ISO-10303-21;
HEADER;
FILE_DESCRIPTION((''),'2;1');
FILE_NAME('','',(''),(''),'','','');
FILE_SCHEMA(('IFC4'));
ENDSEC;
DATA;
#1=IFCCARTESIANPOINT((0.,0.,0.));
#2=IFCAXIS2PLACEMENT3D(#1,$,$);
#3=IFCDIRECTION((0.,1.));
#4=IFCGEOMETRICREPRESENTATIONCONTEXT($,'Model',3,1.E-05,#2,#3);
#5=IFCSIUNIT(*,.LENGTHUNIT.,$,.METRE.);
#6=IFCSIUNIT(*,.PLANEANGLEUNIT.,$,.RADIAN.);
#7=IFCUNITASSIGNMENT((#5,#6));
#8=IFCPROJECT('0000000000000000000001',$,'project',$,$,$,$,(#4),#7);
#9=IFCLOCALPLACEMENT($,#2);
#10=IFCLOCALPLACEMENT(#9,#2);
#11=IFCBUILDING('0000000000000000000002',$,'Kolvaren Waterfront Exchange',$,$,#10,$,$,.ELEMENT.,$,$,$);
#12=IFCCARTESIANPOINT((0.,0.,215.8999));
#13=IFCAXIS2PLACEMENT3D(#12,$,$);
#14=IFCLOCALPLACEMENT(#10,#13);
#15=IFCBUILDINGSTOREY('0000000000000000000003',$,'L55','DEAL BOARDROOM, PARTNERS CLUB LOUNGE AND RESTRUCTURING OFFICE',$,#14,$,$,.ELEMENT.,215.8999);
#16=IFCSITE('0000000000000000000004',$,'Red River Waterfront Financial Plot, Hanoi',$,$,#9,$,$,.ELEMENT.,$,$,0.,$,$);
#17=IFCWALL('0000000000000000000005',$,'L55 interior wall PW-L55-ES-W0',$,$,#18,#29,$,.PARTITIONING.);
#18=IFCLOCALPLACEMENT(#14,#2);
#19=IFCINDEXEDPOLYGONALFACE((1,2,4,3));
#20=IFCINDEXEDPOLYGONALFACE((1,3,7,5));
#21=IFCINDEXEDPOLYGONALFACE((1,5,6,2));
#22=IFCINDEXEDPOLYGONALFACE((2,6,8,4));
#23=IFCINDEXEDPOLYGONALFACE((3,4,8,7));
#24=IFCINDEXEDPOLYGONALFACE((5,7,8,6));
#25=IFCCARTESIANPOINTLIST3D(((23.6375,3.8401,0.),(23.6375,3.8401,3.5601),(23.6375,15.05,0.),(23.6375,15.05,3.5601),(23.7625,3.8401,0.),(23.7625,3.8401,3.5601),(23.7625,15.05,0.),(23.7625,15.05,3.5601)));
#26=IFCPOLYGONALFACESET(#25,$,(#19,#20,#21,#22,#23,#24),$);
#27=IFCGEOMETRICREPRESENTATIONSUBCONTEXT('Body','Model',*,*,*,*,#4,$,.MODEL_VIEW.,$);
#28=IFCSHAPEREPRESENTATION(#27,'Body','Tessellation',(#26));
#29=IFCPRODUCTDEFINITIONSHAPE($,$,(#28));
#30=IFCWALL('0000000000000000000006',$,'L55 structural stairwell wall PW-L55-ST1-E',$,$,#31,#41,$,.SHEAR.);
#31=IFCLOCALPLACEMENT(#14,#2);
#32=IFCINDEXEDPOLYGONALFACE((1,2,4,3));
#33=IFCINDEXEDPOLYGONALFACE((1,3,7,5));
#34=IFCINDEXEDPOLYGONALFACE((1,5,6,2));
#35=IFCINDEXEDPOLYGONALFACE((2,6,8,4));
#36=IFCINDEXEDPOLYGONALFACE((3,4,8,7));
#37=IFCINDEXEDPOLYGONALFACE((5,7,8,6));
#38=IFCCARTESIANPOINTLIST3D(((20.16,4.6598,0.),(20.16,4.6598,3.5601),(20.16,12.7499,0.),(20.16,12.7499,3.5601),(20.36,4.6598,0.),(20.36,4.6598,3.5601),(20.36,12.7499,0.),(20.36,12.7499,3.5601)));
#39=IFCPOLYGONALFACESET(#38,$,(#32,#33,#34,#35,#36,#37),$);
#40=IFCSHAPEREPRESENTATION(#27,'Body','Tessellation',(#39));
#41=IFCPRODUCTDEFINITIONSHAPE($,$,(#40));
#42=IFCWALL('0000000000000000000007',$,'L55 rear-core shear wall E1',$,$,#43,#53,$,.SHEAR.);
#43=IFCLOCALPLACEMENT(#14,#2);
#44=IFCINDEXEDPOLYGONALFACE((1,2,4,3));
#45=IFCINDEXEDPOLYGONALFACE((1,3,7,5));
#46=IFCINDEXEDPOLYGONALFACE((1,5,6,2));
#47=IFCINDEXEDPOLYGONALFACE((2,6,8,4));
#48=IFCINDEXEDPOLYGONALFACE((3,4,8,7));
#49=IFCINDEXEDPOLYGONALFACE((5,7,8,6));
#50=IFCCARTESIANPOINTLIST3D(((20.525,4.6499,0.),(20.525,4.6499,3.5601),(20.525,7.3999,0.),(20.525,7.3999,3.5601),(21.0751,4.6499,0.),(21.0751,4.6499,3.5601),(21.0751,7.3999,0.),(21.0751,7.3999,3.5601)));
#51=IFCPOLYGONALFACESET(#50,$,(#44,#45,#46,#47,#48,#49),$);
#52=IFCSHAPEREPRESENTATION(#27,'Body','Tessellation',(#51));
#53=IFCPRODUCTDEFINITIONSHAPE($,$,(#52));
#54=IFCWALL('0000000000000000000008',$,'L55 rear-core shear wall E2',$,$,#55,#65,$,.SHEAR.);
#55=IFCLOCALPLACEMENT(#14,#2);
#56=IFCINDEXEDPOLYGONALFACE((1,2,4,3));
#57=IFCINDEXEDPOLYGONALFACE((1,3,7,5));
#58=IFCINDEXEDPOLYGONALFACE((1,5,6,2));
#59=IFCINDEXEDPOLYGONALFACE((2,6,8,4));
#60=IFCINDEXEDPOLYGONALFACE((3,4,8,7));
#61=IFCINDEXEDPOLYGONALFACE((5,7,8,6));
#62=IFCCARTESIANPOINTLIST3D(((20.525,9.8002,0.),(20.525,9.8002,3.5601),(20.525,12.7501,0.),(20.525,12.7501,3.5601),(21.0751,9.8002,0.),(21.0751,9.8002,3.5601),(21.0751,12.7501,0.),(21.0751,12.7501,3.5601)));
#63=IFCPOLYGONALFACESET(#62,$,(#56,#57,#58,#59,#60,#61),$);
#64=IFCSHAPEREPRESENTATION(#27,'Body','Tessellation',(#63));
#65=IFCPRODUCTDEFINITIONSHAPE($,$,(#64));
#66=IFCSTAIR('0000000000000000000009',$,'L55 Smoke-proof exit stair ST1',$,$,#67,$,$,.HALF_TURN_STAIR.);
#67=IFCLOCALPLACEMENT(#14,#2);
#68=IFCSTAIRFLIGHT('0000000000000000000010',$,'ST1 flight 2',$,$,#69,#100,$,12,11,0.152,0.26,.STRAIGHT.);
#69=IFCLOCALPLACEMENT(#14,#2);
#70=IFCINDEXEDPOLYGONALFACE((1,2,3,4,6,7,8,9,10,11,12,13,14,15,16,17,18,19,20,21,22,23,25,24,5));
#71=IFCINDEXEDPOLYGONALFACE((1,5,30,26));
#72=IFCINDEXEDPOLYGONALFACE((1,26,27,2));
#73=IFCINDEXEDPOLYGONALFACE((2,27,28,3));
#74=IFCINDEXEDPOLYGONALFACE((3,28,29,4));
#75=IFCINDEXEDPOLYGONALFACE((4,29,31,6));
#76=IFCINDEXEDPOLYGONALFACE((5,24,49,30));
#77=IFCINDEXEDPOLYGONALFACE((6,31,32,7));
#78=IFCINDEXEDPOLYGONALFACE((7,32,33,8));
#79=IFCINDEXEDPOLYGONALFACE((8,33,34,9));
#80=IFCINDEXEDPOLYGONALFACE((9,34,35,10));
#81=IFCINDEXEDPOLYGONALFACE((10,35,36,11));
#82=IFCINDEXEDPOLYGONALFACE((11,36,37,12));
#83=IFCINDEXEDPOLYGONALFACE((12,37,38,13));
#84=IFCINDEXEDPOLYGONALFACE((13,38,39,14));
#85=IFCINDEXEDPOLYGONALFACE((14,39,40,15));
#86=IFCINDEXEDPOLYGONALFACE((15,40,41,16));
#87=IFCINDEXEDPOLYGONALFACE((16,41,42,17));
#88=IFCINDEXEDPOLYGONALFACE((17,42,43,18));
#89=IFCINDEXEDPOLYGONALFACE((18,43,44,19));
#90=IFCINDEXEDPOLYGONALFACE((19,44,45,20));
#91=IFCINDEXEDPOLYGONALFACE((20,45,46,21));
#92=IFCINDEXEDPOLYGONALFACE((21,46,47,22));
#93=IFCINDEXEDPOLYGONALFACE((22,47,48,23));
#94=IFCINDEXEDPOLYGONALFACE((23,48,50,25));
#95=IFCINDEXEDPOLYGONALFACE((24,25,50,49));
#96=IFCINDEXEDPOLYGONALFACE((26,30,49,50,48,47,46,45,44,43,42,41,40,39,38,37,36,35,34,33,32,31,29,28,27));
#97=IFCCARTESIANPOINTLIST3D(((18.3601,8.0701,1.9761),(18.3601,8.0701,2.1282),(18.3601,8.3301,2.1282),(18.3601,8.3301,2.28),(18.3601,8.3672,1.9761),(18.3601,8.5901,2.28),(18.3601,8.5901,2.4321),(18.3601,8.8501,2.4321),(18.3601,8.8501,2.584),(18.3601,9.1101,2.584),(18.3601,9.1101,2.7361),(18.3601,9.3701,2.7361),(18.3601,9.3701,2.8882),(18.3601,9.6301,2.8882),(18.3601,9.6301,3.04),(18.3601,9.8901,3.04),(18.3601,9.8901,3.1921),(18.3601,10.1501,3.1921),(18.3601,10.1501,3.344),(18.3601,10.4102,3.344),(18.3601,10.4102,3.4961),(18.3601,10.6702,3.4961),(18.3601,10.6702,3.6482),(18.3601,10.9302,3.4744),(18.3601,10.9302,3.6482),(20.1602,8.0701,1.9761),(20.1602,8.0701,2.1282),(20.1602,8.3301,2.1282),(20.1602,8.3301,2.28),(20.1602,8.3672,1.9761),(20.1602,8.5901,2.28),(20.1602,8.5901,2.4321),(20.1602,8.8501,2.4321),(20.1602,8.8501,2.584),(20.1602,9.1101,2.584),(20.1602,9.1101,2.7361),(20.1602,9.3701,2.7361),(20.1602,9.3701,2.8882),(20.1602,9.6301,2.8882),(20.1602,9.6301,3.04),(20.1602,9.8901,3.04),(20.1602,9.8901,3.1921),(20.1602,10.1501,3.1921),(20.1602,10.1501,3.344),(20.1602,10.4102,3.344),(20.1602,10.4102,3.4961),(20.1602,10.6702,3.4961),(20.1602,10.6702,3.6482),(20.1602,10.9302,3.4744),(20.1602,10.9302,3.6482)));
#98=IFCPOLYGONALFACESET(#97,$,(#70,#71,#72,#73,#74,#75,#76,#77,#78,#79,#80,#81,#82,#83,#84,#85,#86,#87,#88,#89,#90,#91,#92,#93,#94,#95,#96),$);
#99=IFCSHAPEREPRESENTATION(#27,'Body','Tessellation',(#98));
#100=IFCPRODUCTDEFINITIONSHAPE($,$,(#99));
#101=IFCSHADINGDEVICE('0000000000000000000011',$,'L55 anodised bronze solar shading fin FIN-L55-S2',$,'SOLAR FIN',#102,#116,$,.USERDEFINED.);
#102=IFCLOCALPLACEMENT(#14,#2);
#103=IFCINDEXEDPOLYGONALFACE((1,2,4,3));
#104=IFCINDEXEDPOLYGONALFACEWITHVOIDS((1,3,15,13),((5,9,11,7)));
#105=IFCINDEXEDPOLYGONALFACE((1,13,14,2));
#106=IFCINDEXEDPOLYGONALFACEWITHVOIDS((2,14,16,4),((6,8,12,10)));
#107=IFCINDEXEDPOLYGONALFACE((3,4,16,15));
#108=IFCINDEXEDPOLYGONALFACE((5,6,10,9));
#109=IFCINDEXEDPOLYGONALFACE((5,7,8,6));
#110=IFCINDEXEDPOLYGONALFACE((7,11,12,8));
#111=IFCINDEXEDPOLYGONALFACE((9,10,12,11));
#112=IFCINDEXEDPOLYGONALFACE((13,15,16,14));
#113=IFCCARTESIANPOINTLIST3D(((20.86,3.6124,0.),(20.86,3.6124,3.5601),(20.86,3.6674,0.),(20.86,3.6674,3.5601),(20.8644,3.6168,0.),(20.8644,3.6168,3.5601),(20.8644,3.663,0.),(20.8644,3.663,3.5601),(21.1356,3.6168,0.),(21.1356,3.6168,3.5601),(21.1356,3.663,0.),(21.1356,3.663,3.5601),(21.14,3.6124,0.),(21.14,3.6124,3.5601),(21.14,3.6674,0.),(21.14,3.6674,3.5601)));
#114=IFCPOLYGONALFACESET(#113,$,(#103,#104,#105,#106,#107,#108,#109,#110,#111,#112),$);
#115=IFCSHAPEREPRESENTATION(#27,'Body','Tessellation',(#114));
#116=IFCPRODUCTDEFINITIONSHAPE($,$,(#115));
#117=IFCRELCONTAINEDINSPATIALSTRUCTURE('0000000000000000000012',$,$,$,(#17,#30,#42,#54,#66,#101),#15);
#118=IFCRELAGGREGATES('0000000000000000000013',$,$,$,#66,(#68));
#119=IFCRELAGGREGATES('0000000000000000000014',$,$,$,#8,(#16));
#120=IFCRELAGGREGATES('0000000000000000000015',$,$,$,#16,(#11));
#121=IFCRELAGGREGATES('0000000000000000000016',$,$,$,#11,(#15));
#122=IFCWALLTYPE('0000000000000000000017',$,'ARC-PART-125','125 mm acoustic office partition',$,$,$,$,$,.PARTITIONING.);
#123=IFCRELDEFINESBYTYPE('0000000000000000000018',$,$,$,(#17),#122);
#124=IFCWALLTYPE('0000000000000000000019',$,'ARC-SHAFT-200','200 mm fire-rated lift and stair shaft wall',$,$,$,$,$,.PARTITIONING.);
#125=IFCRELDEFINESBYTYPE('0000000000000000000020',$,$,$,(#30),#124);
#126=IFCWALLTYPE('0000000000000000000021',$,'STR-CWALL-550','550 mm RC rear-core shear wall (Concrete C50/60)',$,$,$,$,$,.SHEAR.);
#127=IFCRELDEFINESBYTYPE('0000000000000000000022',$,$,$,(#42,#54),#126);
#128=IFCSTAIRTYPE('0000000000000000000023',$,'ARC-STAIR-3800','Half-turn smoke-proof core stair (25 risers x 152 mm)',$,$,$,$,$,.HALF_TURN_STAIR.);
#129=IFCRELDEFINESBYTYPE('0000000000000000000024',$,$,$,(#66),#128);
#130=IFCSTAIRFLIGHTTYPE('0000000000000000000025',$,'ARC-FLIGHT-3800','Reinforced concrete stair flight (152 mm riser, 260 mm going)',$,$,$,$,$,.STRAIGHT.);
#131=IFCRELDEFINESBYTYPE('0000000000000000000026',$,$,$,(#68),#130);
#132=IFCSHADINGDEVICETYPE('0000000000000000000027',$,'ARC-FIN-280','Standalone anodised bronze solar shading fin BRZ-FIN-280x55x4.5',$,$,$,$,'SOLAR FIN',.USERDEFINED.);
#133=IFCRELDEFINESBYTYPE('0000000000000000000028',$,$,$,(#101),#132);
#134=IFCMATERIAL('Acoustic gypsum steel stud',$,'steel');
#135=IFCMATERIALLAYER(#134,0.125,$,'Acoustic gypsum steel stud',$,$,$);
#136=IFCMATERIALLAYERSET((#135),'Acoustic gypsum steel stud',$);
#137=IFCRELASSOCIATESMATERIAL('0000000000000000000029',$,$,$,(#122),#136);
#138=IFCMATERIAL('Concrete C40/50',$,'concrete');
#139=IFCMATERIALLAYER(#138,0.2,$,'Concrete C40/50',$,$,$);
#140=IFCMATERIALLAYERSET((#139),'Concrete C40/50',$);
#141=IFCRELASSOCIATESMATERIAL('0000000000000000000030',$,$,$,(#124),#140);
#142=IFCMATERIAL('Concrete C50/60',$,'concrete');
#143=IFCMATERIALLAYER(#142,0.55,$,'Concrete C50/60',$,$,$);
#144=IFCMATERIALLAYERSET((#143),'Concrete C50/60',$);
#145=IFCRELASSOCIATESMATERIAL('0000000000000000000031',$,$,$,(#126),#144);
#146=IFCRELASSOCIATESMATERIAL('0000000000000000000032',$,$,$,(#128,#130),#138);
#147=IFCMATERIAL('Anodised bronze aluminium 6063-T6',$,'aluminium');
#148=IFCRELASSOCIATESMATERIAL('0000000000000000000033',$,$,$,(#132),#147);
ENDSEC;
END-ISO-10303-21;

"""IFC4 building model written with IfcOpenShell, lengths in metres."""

from ifc_helpers import new_model, si_unit, direction, frame, frame_2d, origin, origin_2d, place, context, subcontext, project, spatial, polyline, rectangle, hollow_rectangle, outline, extrude, material, layer, layer_set, material_profile, profile_set, type_object, element, aggregate, save


model = new_model("IFC4")

# Units and contexts
model_context = context("Model", 3, precision=1e-05, world=origin(), true_north=direction((0.0, 1.0)))
body_context = subcontext(model_context, "Body", "Model", "MODEL_VIEW")
ifc_project = project(units=[si_unit("LENGTHUNIT", "METRE"), si_unit("PLANEANGLEUNIT", "RADIAN")], contexts=[model_context])

# Site, building, storey
site_placement = place(None, origin())
site = spatial("IfcSite", under=ifc_project, at=site_placement, Name="Red River Waterfront Financial Plot, Hanoi", CompositionType="ELEMENT", RefElevation=0.0)
building_placement = place(site_placement, origin())
building = spatial("IfcBuilding", under=site, at=building_placement, Name="Kolvaren Waterfront Exchange", CompositionType="ELEMENT")
storey_placement = place(building_placement, frame((0.0, 0.0, 215.8999)))
storey = spatial("IfcBuildingStorey", under=building, at=storey_placement, Name="L55", Description="DEAL BOARDROOM, PARTNERS CLUB LOUNGE AND RESTRUCTURING OFFICE", CompositionType="ELEMENT", Elevation=215.8999)

# Shared definitions
ifc_material_1 = material(Name="Concrete C50/60", Category="concrete")

# Shared definitions
ifc_material_2 = material(Name="Anodised bronze aluminium 6063-T6", Category="aluminium")

# Shared definitions
ifc_material_3 = material(Name="Acoustic gypsum steel stud", Category="steel")
ifc_layer_1 = layer(ifc_material_3, 0.125, Name="Acoustic gypsum steel stud")
ifc_layer_set_1 = layer_set([ifc_layer_1], Name="Acoustic gypsum steel stud")
wall_type_1 = type_object("IfcWallType", Name="ARC-PART-125", Description="125 mm acoustic office partition", PredefinedType="PARTITIONING", material=ifc_layer_set_1)

# Walls
wall_1_placement = place(storey_placement, frame((23.7, 3.8401, 0.0), z_axis=(0.0, 0.0, 1.0), x_axis=(0.0, 1.0, 0.0)))
element("IfcWall", 1, at=wall_1_placement, inside=storey, type_object=wall_type_1, Name="L55 interior wall PW-L55-ES-W0", PredefinedType="PARTITIONING", context=body_context, shape_type="SweptSolid", body=[
    extrude(rectangle(XDim=11.21, YDim=0.125, at=frame_2d((5.605, 0.0))), origin(), (0.0, 0.0, 1.0), 3.5601),
])
ifc_material_4 = material(Name="Concrete C40/50", Category="concrete")
ifc_layer_2 = layer(ifc_material_4, 0.2, Name="Concrete C40/50")
ifc_layer_set_2 = layer_set([ifc_layer_2], Name="Concrete C40/50")
wall_type_2 = type_object("IfcWallType", Name="ARC-SHAFT-200", Description="200 mm fire-rated lift and stair shaft wall", PredefinedType="PARTITIONING", material=ifc_layer_set_2)
wall_2_placement = place(storey_placement, frame((20.26, 4.6599, 0.0), z_axis=(0.0, 0.0, 1.0), x_axis=(0.0, 1.0, 0.0)))
element("IfcWall", 2, at=wall_2_placement, inside=storey, type_object=wall_type_2, Name="L55 structural stairwell wall PW-L55-ST1-E", PredefinedType="SHEAR", context=body_context, shape_type="SweptSolid", body=[
    extrude(rectangle(XDim=8.0901, YDim=0.2, at=frame_2d((4.0449, 0.0))), origin(), (0.0, 0.0, 1.0), 3.5601),
])
ifc_layer_3 = layer(ifc_material_1, 0.55, Name="Concrete C50/60")
ifc_layer_set_3 = layer_set([ifc_layer_3], Name="Concrete C50/60")
wall_type_3 = type_object("IfcWallType", Name="STR-CWALL-550", Description="550 mm RC rear-core shear wall (Concrete C50/60)", PredefinedType="SHEAR", material=ifc_layer_set_3)
wall_3_placement = place(storey_placement, frame((20.8, 4.6499, 0.0), z_axis=(0.0, 0.0, 1.0), x_axis=(0.0, 1.0, 0.0)))
element("IfcWall", 3, at=wall_3_placement, inside=storey, type_object=wall_type_3, Name="L55 rear-core shear wall E1", PredefinedType="SHEAR", context=body_context, shape_type="SweptSolid", body=[
    extrude(rectangle(XDim=2.75, YDim=0.55, at=frame_2d((1.375, 0.0))), origin(), (0.0, 0.0, 1.0), 3.5601),
])
wall_4_placement = place(storey_placement, frame((20.8, 9.8, 0.0), z_axis=(0.0, 0.0, 1.0), x_axis=(0.0, 1.0, 0.0)))
element("IfcWall", 4, at=wall_4_placement, inside=storey, type_object=wall_type_3, Name="L55 rear-core shear wall E2", PredefinedType="SHEAR", context=body_context, shape_type="SweptSolid", body=[
    extrude(rectangle(XDim=2.95, YDim=0.55, at=frame_2d((1.4751, 0.0))), origin(), (0.0, 0.0, 1.0), 3.5601),
])

# Stair, stair flight
stair_type = type_object("IfcStairType", Name="ARC-STAIR-3800", Description="Half-turn smoke-proof core stair (25 risers x 152 mm)", PredefinedType="HALF_TURN_STAIR", material=ifc_material_4)
stair_placement = place(storey_placement, origin())
stair = element("IfcStair", 5, at=stair_placement, inside=storey, type_object=stair_type, Name="L55 Smoke-proof exit stair ST1", PredefinedType="HALF_TURN_STAIR")
stair_flight_type = type_object("IfcStairFlightType", Name="ARC-FLIGHT-3800", Description="Reinforced concrete stair flight (152 mm riser, 260 mm going)", PredefinedType="STRAIGHT", material=ifc_material_4)
stair_flight_placement = place(storey_placement, frame((19.26, 8.0701, 1.9761), z_axis=(0.0, 0.0, 1.0), x_axis=(0.0, 1.0, 0.0)))
stair_flight = element("IfcStairFlight", 6, at=stair_flight_placement, type_object=stair_flight_type, Name="ST1 flight 2", NumberOfRisers=12, NumberOfTreads=11, PredefinedType="STRAIGHT", RiserHeight=0.152, TreadLength=0.26, context=body_context, shape_type="SweptSolid", body=[
    extrude(outline(polyline([(0.0, 0.0), (0.0, 0.1521), (0.26, 0.1521), (0.26, 0.304), (0.52, 0.304), (0.52, 0.4561), (0.78, 0.4561), (0.78, 0.6079), (1.04, 0.6079), (1.04, 0.76), (1.3, 0.76), (1.3, 0.9121), (1.5601, 0.9121), (1.5601, 1.064), (1.8201, 1.064), (1.8201, 1.2161), (2.0801, 1.2161), (2.0801, 1.3679), (2.3401, 1.3679), (2.3401, 1.52), (2.6001, 1.52), (2.6001, 1.6721), (2.8601, 1.6721), (2.8601, 1.824), (2.8601, 1.4983), (0.2971, 0.0), (0.0, 0.0)])), frame((0.0, 0.8999, 0.0), z_axis=(0.0, -1.0, 0.0), x_axis=(1.0, 0.0, 0.0)), (0.0, 0.0, 1.0), 1.8),
])
aggregate(stair, [stair_flight])

# Shading device
ifc_material_profile_1 = material_profile(ifc_material_2, hollow_rectangle(XDim=0.0549, YDim=0.28, WallThickness=0.0044, at=origin_2d()), Name="BRZ-FIN-280x55x4.5")
ifc_profile_set_1 = profile_set([ifc_material_profile_1], Name="Anodised bronze aluminium 6063-T6")
shading_device_type = type_object("IfcShadingDeviceType", Name="ARC-FIN-280", Description="Standalone anodised bronze solar shading fin BRZ-FIN-280x55x4.5", ElementType="SOLAR FIN", PredefinedType="USERDEFINED", material=ifc_profile_set_1)
shading_device_placement = place(storey_placement, frame((21.0, 3.6399, 0.0), z_axis=(0.0, 0.0, 1.0), x_axis=(0.0, -1.0, 0.0)))
element("IfcShadingDevice", 7, at=shading_device_placement, inside=storey, type_object=shading_device_type, Name="L55 anodised bronze solar shading fin FIN-L55-S2", ObjectType="SOLAR FIN", PredefinedType="USERDEFINED", context=body_context, shape_type="SweptSolid", body=[
    extrude(hollow_rectangle(XDim=0.0549, YDim=0.28, WallThickness=0.0044, at=origin_2d()), origin(), (0.0, 0.0, 1.0), 3.5601),
])

save(model, "model.ifc")
